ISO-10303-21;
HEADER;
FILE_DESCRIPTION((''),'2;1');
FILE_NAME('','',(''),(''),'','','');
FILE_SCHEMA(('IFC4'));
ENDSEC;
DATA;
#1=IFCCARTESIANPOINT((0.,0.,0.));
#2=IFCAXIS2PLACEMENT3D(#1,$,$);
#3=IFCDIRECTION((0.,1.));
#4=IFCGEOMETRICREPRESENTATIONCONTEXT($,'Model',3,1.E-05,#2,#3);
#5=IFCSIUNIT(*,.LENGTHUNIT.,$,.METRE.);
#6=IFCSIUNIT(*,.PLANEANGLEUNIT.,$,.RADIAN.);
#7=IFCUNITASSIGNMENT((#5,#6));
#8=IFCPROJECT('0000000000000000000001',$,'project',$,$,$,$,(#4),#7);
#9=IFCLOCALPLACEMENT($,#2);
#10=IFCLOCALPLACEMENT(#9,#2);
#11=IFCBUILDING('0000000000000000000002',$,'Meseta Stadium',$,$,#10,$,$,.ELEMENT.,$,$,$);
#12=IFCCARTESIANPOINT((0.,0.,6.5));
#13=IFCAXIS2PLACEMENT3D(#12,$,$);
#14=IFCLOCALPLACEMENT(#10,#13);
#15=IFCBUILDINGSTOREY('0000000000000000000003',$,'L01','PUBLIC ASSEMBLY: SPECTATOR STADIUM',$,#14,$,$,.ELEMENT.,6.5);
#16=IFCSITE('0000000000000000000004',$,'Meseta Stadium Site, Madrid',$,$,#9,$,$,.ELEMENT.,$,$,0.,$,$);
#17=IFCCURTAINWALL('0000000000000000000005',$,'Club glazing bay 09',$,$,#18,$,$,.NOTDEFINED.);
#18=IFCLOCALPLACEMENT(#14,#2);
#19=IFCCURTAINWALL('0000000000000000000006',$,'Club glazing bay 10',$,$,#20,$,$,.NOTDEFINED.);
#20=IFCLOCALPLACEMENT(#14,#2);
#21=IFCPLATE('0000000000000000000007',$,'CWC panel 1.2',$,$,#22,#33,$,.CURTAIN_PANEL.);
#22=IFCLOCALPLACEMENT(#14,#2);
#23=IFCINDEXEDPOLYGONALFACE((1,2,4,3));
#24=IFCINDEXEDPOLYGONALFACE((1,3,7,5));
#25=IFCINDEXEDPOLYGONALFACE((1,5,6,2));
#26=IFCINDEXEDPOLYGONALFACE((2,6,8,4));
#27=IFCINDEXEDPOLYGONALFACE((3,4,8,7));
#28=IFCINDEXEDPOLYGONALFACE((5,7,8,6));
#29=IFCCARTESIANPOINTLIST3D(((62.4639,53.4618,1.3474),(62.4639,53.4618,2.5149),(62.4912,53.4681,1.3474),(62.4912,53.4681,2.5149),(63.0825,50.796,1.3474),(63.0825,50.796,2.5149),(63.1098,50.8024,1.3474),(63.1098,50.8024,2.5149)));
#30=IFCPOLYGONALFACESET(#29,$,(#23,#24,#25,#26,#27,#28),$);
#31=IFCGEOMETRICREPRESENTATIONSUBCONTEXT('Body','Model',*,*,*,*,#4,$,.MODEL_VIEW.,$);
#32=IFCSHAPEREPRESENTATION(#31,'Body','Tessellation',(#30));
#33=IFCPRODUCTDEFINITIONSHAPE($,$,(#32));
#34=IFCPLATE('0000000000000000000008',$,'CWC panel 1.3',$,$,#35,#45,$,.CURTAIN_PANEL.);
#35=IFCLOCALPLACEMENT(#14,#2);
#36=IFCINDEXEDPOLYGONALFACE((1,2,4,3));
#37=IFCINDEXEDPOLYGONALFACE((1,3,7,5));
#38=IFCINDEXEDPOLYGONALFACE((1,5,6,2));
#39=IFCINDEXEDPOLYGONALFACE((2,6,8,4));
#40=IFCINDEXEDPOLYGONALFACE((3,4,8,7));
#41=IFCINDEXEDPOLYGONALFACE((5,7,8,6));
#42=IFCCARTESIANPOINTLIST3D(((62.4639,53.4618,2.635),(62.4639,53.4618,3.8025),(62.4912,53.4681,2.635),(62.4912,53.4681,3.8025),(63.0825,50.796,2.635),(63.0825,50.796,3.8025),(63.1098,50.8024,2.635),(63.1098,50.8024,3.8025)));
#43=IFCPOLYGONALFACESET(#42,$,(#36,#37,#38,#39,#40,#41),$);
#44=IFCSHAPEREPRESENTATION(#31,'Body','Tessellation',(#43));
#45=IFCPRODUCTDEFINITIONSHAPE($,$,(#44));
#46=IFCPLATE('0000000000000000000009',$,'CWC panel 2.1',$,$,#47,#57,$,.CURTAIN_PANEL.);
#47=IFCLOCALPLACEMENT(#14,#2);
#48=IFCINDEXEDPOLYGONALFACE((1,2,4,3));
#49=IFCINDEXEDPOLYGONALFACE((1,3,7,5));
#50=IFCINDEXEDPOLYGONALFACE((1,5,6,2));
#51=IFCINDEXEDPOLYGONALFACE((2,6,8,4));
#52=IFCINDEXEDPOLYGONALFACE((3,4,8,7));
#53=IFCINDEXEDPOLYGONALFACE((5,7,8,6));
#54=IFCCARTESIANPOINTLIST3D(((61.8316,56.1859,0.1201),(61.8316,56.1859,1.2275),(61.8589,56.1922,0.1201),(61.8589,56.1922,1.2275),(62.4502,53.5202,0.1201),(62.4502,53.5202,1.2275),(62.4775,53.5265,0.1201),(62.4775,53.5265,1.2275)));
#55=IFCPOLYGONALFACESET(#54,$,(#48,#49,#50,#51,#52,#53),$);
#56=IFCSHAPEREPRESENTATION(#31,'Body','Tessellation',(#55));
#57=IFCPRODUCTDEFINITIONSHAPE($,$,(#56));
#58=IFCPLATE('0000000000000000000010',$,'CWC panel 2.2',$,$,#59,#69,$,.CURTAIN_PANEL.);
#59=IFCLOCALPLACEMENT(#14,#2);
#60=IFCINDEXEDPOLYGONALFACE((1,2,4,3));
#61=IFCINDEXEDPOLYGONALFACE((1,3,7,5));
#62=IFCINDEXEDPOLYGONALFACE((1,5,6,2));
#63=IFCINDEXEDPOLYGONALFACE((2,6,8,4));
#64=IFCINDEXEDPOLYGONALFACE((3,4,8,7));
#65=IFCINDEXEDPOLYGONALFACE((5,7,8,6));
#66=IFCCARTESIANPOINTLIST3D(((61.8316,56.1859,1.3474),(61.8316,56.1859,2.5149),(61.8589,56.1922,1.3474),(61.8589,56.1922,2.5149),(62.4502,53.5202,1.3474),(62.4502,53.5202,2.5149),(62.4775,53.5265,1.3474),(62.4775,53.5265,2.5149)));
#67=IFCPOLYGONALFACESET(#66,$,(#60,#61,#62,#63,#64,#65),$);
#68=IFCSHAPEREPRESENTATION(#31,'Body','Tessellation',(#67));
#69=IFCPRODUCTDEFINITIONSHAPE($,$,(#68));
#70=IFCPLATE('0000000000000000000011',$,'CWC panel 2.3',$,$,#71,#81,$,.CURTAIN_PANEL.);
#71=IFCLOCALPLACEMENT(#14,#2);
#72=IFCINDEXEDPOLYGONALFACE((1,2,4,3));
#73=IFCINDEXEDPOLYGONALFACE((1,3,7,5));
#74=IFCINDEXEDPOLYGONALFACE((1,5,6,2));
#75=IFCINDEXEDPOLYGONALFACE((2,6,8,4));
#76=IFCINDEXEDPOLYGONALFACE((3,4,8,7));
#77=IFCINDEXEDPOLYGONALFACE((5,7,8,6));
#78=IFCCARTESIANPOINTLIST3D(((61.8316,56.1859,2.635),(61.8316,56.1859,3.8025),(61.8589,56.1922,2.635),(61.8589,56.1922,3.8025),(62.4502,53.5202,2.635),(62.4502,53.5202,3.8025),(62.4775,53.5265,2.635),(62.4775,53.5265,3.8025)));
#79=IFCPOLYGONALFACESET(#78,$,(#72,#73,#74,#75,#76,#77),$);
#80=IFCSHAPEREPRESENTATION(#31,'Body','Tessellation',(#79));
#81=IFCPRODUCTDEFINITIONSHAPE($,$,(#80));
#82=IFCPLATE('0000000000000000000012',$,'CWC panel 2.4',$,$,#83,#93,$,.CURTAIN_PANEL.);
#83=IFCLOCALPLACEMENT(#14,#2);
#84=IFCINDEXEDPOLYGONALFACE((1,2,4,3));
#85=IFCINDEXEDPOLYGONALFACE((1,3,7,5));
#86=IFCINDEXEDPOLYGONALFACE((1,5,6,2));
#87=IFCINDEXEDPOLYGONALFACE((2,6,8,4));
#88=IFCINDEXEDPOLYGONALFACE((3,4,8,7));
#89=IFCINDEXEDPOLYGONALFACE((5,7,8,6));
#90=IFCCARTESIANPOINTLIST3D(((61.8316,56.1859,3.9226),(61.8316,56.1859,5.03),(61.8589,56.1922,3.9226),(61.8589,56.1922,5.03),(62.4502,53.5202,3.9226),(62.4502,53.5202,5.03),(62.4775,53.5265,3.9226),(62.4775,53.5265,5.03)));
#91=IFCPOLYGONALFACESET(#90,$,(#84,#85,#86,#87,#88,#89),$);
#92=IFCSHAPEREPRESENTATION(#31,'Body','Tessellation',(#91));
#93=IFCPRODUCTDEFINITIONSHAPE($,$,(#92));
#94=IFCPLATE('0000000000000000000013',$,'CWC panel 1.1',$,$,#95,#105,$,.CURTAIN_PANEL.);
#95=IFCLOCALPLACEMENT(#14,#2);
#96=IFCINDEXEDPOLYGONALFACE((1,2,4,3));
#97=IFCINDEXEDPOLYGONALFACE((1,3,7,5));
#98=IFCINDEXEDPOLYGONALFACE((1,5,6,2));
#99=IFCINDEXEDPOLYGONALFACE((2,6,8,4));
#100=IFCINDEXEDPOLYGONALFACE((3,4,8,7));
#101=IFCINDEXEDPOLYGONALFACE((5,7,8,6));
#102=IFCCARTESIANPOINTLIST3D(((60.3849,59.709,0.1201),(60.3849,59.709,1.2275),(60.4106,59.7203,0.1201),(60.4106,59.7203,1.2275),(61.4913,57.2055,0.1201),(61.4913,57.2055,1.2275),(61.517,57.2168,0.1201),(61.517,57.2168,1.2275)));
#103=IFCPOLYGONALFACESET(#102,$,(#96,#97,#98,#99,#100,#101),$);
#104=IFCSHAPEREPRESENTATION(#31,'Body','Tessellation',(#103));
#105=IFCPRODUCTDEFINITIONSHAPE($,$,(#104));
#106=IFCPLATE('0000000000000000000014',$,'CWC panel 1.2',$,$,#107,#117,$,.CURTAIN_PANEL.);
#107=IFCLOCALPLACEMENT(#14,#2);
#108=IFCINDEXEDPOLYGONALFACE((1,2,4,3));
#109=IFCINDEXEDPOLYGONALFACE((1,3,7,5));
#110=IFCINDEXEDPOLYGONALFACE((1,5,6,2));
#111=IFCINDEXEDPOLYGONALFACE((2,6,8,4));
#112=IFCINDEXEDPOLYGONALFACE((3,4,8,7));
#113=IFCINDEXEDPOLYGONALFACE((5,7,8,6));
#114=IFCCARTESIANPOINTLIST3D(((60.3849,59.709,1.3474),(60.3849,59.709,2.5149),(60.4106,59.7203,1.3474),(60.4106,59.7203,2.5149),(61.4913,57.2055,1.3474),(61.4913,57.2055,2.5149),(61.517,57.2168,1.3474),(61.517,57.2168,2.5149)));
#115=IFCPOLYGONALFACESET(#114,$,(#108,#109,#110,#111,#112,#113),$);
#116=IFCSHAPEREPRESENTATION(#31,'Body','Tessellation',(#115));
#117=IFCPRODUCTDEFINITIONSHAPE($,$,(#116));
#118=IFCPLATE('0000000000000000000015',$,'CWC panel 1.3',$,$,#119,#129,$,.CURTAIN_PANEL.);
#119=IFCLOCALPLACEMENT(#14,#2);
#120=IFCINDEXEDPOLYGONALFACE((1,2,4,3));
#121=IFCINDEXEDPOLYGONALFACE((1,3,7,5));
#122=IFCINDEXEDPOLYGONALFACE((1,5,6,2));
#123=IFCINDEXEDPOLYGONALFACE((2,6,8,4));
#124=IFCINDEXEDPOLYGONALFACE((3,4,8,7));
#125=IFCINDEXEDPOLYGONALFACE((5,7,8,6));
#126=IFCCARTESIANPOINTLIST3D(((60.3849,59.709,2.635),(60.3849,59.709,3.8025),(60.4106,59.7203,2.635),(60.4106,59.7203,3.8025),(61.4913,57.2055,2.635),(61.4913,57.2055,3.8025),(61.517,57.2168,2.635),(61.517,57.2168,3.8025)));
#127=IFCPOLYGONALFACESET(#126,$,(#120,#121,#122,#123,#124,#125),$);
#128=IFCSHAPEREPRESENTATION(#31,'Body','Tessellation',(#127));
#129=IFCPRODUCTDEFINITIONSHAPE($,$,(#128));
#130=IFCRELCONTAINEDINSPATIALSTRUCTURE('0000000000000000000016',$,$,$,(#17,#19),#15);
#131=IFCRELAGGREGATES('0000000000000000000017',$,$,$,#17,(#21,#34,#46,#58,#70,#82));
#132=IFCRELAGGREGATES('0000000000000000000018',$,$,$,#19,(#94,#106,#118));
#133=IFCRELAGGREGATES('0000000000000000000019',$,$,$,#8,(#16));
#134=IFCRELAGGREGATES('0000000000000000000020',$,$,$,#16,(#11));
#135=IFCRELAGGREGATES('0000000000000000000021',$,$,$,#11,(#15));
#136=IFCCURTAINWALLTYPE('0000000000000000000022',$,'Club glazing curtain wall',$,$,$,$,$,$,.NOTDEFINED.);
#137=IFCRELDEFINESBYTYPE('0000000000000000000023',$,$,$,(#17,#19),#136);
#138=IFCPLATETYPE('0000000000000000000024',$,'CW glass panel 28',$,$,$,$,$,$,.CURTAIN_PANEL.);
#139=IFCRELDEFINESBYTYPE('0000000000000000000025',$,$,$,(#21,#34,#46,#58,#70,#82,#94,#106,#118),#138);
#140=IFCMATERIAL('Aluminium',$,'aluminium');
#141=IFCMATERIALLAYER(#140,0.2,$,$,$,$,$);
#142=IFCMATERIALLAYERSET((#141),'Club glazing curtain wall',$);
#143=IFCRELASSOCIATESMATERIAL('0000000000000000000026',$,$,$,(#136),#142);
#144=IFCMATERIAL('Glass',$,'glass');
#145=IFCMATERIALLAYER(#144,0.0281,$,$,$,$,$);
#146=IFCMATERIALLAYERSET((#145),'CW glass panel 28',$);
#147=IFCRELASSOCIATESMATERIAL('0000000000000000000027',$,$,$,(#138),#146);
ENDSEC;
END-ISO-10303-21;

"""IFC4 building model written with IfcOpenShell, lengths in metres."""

from ifc_helpers import new_model, si_unit, direction, frame, origin, origin_2d, place, context, subcontext, project, spatial, rectangle, extrude, material, layer, layer_set, type_object, element, aggregate, save


model = new_model("IFC4")

# Units and contexts
model_context = context("Model", 3, precision=1e-05, world=origin(), true_north=direction((0.0, 1.0)))
body_context = subcontext(model_context, "Body", "Model", "MODEL_VIEW")
ifc_project = project(units=[si_unit("LENGTHUNIT", "METRE"), si_unit("PLANEANGLEUNIT", "RADIAN")], contexts=[model_context])

# Site, building, storey
site_placement = place(None, origin())
site = spatial("IfcSite", under=ifc_project, at=site_placement, Name="Meseta Stadium Site, Madrid", CompositionType="ELEMENT", RefElevation=0.0)
building_placement = place(site_placement, origin())
building = spatial("IfcBuilding", under=site, at=building_placement, Name="Meseta Stadium", CompositionType="ELEMENT")
storey_placement = place(building_placement, frame((0.0, 0.0, 6.5)))
storey = spatial("IfcBuildingStorey", under=building, at=storey_placement, Name="L01", Description="PUBLIC ASSEMBLY: SPECTATOR STADIUM", CompositionType="ELEMENT", Elevation=6.5)

# Curtain wall
ifc_material_1 = material(Name="Aluminium", Category="aluminium")
ifc_layer_1 = layer(ifc_material_1, 0.2)
ifc_layer_set_1 = layer_set([ifc_layer_1], Name="Club glazing curtain wall")
curtain_wall_type = type_object("IfcCurtainWallType", Name="Club glazing curtain wall", PredefinedType="NOTDEFINED", material=ifc_layer_set_1)
curtain_wall_1_placement = place(storey_placement, origin())
curtain_wall_1 = element("IfcCurtainWall", 1, at=curtain_wall_1_placement, inside=storey, type_object=curtain_wall_type, Name="Club glazing bay 09", PredefinedType="NOTDEFINED")

# Curtain wall
curtain_wall_2_placement = place(storey_placement, origin())
curtain_wall_2 = element("IfcCurtainWall", 2, at=curtain_wall_2_placement, inside=storey, type_object=curtain_wall_type, Name="Club glazing bay 10", PredefinedType="NOTDEFINED")

# Plates
ifc_material_2 = material(Name="Glass", Category="glass")
ifc_layer_2 = layer(ifc_material_2, 0.0281)
ifc_layer_set_2 = layer_set([ifc_layer_2], Name="CW glass panel 28")
plate_type = type_object("IfcPlateType", Name="CW glass panel 28", PredefinedType="CURTAIN_PANEL", material=ifc_layer_set_2)
plate_1_placement = place(storey_placement, frame((62.7869, 52.1321, 1.3474), z_axis=(0.0, 0.0, 1.0), x_axis=(-0.226048, 0.974116, 0.0)))
plate_1 = element("IfcPlate", 3, at=plate_1_placement, type_object=plate_type, Name="CWC panel 1.2", PredefinedType="CURTAIN_PANEL", context=body_context, shape_type="SweptSolid", body=[
    extrude(rectangle(XDim=2.7366, YDim=0.0281, at=origin_2d()), origin(), (0.0, 0.0, 1.0), 1.1675),
])
plate_2_placement = place(storey_placement, frame((62.7869, 52.1321, 2.635), z_axis=(0.0, 0.0, 1.0), x_axis=(-0.226048, 0.974116, 0.0)))
plate_2 = element("IfcPlate", 4, at=plate_2_placement, type_object=plate_type, Name="CWC panel 1.3", PredefinedType="CURTAIN_PANEL", context=body_context, shape_type="SweptSolid", body=[
    extrude(rectangle(XDim=2.7366, YDim=0.0281, at=origin_2d()), origin(), (0.0, 0.0, 1.0), 1.1675),
])
plate_3_placement = place(storey_placement, frame((62.1545, 54.8562, 0.1201), z_axis=(0.0, 0.0, 1.0), x_axis=(-0.226048, 0.974116, 0.0)))
plate_3 = element("IfcPlate", 5, at=plate_3_placement, type_object=plate_type, Name="CWC panel 2.1", PredefinedType="CURTAIN_PANEL", context=body_context, shape_type="SweptSolid", body=[
    extrude(rectangle(XDim=2.7366, YDim=0.0281, at=origin_2d()), origin(), (0.0, 0.0, 1.0), 1.1074),
])
plate_4_placement = place(storey_placement, frame((62.1545, 54.8562, 1.3474), z_axis=(0.0, 0.0, 1.0), x_axis=(-0.226048, 0.974116, 0.0)))
plate_4 = element("IfcPlate", 6, at=plate_4_placement, type_object=plate_type, Name="CWC panel 2.2", PredefinedType="CURTAIN_PANEL", context=body_context, shape_type="SweptSolid", body=[
    extrude(rectangle(XDim=2.7366, YDim=0.0281, at=origin_2d()), origin(), (0.0, 0.0, 1.0), 1.1675),
])
plate_5_placement = place(storey_placement, frame((62.1545, 54.8562, 2.635), z_axis=(0.0, 0.0, 1.0), x_axis=(-0.226048, 0.974116, 0.0)))
plate_5 = element("IfcPlate", 7, at=plate_5_placement, type_object=plate_type, Name="CWC panel 2.3", PredefinedType="CURTAIN_PANEL", context=body_context, shape_type="SweptSolid", body=[
    extrude(rectangle(XDim=2.7366, YDim=0.0281, at=origin_2d()), origin(), (0.0, 0.0, 1.0), 1.1675),
])
plate_6_placement = place(storey_placement, frame((62.1545, 54.8562, 3.9226), z_axis=(0.0, 0.0, 1.0), x_axis=(-0.226048, 0.974116, 0.0)))
plate_6 = element("IfcPlate", 8, at=plate_6_placement, type_object=plate_type, Name="CWC panel 2.4", PredefinedType="CURTAIN_PANEL", context=body_context, shape_type="SweptSolid", body=[
    extrude(rectangle(XDim=2.7366, YDim=0.0281, at=origin_2d()), origin(), (0.0, 0.0, 1.0), 1.1074),
])
aggregate(curtain_wall_1, [plate_1, plate_2, plate_3, plate_4, plate_5, plate_6])
plate_7_placement = place(storey_placement, frame((60.9509, 58.4629, 0.1201), z_axis=(0.0, 0.0, 1.0), x_axis=(-0.40423, 0.914657, 0.0)))
plate_7 = element("IfcPlate", 9, at=plate_7_placement, type_object=plate_type, Name="CWC panel 1.1", PredefinedType="CURTAIN_PANEL", context=body_context, shape_type="SweptSolid", body=[
    extrude(rectangle(XDim=2.7371, YDim=0.0281, at=origin_2d()), origin(), (0.0, 0.0, 1.0), 1.1074),
])
plate_8_placement = place(storey_placement, frame((60.9509, 58.4629, 1.3474), z_axis=(0.0, 0.0, 1.0), x_axis=(-0.40423, 0.914657, 0.0)))
plate_8 = element("IfcPlate", 10, at=plate_8_placement, type_object=plate_type, Name="CWC panel 1.2", PredefinedType="CURTAIN_PANEL", context=body_context, shape_type="SweptSolid", body=[
    extrude(rectangle(XDim=2.7371, YDim=0.0281, at=origin_2d()), origin(), (0.0, 0.0, 1.0), 1.1675),
])
plate_9_placement = place(storey_placement, frame((60.9509, 58.4629, 2.635), z_axis=(0.0, 0.0, 1.0), x_axis=(-0.40423, 0.914657, 0.0)))
plate_9 = element("IfcPlate", 11, at=plate_9_placement, type_object=plate_type, Name="CWC panel 1.3", PredefinedType="CURTAIN_PANEL", context=body_context, shape_type="SweptSolid", body=[
    extrude(rectangle(XDim=2.7371, YDim=0.0281, at=origin_2d()), origin(), (0.0, 0.0, 1.0), 1.1675),
])
aggregate(curtain_wall_2, [plate_7, plate_8, plate_9])

save(model, "model.ifc")
